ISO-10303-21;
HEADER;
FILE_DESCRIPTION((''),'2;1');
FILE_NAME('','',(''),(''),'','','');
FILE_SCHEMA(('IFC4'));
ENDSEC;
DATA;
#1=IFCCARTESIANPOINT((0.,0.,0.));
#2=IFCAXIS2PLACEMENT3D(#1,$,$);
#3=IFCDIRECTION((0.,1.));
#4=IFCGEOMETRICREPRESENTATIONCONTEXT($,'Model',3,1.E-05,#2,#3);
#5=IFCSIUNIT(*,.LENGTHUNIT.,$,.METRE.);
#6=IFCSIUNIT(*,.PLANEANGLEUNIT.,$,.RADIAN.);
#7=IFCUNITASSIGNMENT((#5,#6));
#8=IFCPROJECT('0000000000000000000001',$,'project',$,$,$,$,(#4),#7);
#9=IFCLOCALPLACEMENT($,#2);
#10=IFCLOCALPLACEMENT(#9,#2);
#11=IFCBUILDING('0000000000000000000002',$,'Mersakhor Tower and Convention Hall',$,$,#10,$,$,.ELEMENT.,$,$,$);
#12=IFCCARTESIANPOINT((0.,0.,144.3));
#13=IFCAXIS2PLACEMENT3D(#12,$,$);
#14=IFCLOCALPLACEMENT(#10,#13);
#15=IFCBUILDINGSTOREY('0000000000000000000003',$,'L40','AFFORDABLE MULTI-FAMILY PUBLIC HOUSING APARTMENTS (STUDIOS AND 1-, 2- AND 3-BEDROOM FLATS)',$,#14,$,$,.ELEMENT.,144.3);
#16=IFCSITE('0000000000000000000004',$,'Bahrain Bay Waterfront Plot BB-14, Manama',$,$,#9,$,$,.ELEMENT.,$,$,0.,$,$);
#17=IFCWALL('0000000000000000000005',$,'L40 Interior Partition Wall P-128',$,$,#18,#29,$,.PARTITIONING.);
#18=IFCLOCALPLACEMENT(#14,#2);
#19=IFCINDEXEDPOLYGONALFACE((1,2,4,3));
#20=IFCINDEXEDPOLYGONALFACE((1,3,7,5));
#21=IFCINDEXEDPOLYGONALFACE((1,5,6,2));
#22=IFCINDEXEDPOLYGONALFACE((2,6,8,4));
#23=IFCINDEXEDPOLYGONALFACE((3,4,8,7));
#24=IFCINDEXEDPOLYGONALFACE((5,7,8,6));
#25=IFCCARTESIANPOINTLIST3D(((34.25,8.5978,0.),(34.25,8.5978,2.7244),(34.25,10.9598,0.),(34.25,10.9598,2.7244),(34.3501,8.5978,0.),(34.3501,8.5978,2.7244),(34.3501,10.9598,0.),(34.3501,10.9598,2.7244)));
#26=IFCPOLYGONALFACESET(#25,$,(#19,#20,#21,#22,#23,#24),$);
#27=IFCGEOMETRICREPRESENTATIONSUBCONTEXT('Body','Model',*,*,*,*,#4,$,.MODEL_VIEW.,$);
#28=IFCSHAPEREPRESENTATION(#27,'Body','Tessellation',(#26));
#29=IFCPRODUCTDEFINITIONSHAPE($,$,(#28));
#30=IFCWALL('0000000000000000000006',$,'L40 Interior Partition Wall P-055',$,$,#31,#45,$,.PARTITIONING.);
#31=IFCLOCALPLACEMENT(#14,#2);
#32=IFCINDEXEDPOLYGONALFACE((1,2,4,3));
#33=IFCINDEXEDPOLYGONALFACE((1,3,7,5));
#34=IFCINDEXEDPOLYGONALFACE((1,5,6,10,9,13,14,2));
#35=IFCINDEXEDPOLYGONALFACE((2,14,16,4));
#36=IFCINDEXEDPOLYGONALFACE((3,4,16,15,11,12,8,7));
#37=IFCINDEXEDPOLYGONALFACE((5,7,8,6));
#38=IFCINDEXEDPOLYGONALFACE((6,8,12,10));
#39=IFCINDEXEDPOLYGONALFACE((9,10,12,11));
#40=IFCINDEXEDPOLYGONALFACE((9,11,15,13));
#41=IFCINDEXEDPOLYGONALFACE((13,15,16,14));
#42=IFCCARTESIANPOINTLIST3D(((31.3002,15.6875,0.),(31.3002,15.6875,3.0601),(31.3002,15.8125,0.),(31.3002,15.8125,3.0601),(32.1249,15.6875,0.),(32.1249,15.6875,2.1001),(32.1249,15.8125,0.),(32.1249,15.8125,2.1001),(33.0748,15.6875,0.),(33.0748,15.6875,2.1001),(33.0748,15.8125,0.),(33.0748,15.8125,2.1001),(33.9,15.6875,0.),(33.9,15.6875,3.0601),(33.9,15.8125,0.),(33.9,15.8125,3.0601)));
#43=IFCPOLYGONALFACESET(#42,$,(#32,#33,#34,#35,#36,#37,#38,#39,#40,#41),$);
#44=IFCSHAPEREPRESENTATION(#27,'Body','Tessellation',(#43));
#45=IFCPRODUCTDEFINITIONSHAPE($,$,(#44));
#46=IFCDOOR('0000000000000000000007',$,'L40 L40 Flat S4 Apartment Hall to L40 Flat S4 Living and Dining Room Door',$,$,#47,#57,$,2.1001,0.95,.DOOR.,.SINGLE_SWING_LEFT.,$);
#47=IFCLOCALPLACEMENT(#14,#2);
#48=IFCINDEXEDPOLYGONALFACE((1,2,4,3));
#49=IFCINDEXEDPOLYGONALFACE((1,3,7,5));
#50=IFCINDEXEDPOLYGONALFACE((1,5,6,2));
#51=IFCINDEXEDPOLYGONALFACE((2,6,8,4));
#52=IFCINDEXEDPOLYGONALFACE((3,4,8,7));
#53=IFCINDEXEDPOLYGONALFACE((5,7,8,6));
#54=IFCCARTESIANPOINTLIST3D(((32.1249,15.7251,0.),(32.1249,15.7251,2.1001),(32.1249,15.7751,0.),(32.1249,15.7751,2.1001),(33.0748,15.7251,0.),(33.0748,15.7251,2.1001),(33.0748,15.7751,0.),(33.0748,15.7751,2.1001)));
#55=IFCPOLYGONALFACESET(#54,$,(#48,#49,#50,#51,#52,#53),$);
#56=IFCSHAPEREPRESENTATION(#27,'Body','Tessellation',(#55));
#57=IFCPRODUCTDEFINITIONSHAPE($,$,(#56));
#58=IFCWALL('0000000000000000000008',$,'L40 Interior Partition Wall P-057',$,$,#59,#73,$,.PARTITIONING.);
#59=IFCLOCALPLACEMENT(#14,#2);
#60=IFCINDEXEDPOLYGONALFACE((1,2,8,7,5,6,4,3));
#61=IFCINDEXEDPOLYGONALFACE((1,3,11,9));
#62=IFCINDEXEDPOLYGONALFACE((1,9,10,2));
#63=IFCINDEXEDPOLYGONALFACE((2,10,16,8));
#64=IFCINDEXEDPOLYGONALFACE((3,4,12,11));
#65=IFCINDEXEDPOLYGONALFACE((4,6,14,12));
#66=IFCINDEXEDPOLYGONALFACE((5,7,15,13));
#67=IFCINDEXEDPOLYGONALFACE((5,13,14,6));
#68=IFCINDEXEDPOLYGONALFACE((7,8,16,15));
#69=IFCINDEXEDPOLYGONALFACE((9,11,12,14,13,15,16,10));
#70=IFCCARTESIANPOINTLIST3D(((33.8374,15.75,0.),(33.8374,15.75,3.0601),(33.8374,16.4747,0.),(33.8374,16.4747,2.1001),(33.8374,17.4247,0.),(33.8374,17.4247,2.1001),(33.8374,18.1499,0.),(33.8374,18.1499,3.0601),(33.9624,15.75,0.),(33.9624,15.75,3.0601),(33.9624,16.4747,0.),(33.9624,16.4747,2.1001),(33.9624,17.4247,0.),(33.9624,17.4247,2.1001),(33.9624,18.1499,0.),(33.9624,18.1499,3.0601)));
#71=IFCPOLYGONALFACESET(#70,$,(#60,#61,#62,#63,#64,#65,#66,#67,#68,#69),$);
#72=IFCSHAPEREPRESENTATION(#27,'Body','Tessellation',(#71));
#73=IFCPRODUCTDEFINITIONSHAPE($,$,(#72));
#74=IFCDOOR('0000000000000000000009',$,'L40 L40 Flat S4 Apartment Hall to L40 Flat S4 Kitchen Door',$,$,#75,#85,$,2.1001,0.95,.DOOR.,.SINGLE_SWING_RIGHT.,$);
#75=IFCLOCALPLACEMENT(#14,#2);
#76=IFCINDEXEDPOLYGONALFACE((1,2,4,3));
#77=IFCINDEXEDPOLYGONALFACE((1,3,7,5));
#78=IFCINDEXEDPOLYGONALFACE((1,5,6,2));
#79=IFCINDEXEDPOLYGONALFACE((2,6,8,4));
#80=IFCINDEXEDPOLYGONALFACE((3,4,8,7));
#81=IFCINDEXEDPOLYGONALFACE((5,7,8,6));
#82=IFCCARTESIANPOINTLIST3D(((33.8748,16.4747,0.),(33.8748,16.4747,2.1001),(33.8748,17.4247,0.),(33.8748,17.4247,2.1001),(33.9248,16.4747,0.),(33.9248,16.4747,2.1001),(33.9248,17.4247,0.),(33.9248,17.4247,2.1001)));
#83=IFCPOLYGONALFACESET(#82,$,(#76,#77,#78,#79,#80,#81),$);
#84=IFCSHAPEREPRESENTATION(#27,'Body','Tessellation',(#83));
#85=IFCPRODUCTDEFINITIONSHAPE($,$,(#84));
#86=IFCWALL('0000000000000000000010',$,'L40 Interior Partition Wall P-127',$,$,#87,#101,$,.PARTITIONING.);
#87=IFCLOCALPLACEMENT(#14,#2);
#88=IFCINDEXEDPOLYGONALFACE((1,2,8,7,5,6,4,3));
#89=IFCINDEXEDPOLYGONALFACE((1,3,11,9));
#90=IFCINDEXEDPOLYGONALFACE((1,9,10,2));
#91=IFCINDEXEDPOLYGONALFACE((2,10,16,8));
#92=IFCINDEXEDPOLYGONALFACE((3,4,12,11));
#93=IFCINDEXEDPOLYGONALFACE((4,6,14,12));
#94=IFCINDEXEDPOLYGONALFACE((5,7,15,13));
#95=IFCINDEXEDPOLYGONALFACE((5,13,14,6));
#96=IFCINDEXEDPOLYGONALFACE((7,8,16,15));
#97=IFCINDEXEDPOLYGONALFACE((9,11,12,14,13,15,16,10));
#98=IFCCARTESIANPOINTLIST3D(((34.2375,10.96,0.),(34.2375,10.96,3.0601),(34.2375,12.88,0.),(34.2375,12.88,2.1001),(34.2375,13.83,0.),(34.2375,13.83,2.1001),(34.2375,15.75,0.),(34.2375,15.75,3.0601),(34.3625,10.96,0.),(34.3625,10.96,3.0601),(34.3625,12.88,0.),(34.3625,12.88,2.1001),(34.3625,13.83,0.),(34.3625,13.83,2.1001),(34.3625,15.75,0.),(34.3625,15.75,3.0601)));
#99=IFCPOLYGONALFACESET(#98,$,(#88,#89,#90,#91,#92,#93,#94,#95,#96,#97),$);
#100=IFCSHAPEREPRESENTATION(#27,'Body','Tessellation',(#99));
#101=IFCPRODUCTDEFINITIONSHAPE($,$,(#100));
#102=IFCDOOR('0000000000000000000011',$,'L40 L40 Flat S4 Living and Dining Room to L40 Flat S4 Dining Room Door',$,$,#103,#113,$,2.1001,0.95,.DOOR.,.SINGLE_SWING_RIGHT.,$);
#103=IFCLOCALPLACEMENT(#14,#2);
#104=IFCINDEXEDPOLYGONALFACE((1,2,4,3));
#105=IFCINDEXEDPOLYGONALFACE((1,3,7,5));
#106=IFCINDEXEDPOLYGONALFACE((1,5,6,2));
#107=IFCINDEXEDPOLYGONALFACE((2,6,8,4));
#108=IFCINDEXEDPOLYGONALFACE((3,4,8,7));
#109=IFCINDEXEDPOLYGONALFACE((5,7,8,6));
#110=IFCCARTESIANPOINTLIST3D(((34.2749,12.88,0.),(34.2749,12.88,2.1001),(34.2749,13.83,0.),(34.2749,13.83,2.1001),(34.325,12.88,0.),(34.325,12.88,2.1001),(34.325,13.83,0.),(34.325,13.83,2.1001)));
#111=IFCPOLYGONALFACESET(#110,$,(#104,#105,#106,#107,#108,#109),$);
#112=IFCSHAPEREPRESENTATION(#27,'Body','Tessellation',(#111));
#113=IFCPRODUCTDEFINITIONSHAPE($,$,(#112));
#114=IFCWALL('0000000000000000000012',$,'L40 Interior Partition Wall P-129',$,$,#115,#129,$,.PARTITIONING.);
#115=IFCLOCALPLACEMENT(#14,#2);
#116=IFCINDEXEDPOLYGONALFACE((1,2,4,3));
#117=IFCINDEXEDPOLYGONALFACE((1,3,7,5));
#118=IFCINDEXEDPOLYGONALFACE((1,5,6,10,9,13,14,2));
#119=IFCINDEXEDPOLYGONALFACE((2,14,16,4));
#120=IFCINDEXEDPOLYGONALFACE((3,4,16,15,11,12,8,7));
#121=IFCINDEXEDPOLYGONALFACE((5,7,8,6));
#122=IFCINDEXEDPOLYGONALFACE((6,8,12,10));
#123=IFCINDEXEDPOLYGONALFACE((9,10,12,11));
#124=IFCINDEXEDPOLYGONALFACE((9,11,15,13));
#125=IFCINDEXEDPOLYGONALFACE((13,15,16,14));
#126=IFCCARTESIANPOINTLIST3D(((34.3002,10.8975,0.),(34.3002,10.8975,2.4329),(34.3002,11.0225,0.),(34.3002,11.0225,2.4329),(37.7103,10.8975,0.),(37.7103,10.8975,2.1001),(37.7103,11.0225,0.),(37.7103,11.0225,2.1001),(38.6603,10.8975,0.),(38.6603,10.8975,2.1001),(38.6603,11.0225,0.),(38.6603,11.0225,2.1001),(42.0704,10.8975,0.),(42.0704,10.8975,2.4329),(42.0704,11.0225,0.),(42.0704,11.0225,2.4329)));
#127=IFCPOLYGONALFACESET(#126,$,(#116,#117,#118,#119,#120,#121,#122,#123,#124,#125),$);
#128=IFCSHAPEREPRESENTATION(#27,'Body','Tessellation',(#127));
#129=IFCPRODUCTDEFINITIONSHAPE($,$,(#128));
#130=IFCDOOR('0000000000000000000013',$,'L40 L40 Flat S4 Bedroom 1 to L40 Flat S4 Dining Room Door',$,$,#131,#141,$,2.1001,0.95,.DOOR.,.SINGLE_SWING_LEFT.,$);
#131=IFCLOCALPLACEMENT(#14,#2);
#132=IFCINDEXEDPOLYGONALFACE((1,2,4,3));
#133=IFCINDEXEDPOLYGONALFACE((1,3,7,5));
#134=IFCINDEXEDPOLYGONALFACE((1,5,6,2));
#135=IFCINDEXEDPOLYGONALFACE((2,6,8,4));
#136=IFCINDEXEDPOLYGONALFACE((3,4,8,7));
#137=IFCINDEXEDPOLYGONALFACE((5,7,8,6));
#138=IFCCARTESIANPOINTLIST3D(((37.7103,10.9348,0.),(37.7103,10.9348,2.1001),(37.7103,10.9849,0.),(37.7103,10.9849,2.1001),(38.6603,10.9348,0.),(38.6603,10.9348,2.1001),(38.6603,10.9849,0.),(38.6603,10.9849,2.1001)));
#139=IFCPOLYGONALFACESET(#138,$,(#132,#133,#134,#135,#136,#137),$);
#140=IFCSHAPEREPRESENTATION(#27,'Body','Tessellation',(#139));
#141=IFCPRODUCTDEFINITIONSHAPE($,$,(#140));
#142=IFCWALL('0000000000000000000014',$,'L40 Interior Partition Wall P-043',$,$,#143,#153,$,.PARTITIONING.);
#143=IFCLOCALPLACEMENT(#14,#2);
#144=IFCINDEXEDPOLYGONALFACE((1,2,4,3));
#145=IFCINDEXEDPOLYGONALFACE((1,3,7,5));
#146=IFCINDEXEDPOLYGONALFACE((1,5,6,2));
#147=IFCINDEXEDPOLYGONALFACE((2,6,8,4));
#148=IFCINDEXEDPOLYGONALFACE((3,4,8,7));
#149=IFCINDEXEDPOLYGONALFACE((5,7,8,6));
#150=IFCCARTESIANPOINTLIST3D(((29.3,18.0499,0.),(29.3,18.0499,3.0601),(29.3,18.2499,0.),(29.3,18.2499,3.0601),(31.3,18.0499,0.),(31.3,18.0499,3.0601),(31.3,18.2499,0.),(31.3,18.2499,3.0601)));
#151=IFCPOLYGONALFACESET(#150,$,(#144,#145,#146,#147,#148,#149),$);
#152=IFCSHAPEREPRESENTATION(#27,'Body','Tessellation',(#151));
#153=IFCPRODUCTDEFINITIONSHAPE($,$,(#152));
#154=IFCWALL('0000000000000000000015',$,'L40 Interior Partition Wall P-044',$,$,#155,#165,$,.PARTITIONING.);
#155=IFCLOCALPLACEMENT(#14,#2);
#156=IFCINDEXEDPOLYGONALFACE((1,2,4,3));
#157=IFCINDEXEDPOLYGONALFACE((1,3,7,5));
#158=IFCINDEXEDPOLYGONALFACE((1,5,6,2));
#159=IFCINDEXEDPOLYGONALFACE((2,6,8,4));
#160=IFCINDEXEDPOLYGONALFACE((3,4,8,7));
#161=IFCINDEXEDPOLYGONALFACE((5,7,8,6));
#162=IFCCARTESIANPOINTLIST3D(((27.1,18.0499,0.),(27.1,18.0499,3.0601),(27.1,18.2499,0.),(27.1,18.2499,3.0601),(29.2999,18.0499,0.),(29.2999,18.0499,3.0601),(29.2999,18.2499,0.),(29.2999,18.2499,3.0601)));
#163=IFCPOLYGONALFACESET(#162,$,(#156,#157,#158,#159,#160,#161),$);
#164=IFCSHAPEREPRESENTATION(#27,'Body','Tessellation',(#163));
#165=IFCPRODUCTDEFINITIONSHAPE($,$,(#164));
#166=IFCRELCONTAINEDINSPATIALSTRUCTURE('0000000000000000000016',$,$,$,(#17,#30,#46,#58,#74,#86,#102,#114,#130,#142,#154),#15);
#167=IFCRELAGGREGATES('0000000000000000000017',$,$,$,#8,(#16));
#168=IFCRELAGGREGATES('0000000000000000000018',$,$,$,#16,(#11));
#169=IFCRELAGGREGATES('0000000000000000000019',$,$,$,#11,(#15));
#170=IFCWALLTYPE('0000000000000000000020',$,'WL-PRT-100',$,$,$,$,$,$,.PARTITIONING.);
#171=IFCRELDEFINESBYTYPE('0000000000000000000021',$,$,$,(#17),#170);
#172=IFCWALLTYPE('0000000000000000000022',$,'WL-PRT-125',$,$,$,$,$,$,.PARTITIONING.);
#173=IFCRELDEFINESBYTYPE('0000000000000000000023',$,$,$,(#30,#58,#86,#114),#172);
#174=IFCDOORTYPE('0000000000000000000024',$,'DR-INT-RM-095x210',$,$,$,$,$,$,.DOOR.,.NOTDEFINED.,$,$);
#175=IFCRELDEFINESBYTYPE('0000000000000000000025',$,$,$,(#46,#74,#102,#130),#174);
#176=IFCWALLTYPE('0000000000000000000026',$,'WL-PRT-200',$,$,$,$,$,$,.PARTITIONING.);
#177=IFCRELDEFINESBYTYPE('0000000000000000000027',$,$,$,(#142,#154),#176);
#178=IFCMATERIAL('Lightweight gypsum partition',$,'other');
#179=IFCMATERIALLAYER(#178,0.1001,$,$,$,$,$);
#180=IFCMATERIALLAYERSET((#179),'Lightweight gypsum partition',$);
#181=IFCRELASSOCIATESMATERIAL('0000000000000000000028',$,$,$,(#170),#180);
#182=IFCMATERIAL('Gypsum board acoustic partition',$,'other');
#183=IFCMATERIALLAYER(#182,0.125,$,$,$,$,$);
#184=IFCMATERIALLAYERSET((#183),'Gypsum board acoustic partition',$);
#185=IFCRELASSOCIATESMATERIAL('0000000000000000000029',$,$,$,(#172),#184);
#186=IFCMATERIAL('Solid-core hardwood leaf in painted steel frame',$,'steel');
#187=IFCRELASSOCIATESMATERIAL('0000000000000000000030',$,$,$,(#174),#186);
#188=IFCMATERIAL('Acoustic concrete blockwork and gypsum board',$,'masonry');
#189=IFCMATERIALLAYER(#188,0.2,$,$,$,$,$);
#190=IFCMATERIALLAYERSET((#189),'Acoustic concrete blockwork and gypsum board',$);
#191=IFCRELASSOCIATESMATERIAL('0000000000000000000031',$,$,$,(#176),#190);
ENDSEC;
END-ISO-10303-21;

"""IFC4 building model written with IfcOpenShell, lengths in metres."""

from ifc_helpers import new_model, si_unit, direction, frame, frame_2d, origin, place, context, subcontext, project, spatial, rectangle, extrude, material, layer, layer_set, type_object, element, fill, save


model = new_model("IFC4")

# Units and contexts
model_context = context("Model", 3, precision=1e-05, world=origin(), true_north=direction((0.0, 1.0)))
body_context = subcontext(model_context, "Body", "Model", "MODEL_VIEW")
ifc_project = project(units=[si_unit("LENGTHUNIT", "METRE"), si_unit("PLANEANGLEUNIT", "RADIAN")], contexts=[model_context])

# Site, building, storey
site_placement = place(None, origin())
site = spatial("IfcSite", under=ifc_project, at=site_placement, Name="Bahrain Bay Waterfront Plot BB-14, Manama", CompositionType="ELEMENT", RefElevation=0.0)
building_placement = place(site_placement, origin())
building = spatial("IfcBuilding", under=site, at=building_placement, Name="Mersakhor Tower and Convention Hall", CompositionType="ELEMENT")
storey_placement = place(building_placement, frame((0.0, 0.0, 144.3)))
storey = spatial("IfcBuildingStorey", under=building, at=storey_placement, Name="L40", Description="AFFORDABLE MULTI-FAMILY PUBLIC HOUSING APARTMENTS (STUDIOS AND 1-, 2- AND 3-BEDROOM FLATS)", CompositionType="ELEMENT", Elevation=144.3)

# Wall
ifc_material_1 = material(Name="Lightweight gypsum partition", Category="other")
ifc_layer_1 = layer(ifc_material_1, 0.1001)
ifc_layer_set_1 = layer_set([ifc_layer_1], Name="Lightweight gypsum partition")
wall_type_1 = type_object("IfcWallType", Name="WL-PRT-100", PredefinedType="PARTITIONING", material=ifc_layer_set_1)
wall_1_placement = place(storey_placement, frame((34.3, 10.96, 0.0), z_axis=(0.0, 0.0, 1.0), x_axis=(0.0, -1.0, 0.0)))
element("IfcWall", 1, at=wall_1_placement, inside=storey, type_object=wall_type_1, Name="L40 Interior Partition Wall P-128", PredefinedType="PARTITIONING", context=body_context, shape_type="SweptSolid", body=[
    extrude(rectangle(XDim=2.3621, YDim=0.1001, at=frame_2d((1.1812, 0.0))), origin(), (0.0, 0.0, 1.0), 2.7244),
])

# Walls, openings, doors
ifc_material_2 = material(Name="Gypsum board acoustic partition", Category="other")
ifc_layer_2 = layer(ifc_material_2, 0.125)
ifc_layer_set_2 = layer_set([ifc_layer_2], Name="Gypsum board acoustic partition")
wall_type_2 = type_object("IfcWallType", Name="WL-PRT-125", PredefinedType="PARTITIONING", material=ifc_layer_set_2)
wall_2_placement = place(storey_placement, frame((33.8999, 15.75, 0.0), z_axis=(0.0, 0.0, 1.0), x_axis=(-1.0, 0.0, 0.0)))
wall_2 = element("IfcWall", 2, at=wall_2_placement, inside=storey, type_object=wall_type_2, Name="L40 Interior Partition Wall P-055", PredefinedType="PARTITIONING", context=body_context, shape_type="SweptSolid", body=[
    extrude(rectangle(XDim=2.5999, YDim=0.125, at=frame_2d((1.2998, 0.0))), origin(), (0.0, 0.0, 1.0), 3.0601),
])
opening_1_placement = place(wall_2_placement, frame((0.825, 0.0, 0.0)))
opening_1 = element("IfcOpeningElement", 3, at=opening_1_placement, cuts=wall_2, PredefinedType="OPENING", context=body_context, shape_type="SweptSolid", body=[
    extrude(rectangle(XDim=0.95, YDim=2.1001, at=frame_2d((0.4751, 1.05))), frame((0.0, 0.0725, 0.0), z_axis=(0.0, -1.0, 0.0), x_axis=(1.0, 0.0, 0.0)), (0.0, 0.0, 1.0), 0.145),
])
ifc_material_3 = material(Name="Solid-core hardwood leaf in painted steel frame", Category="steel")
door_type_1 = type_object("IfcDoorType", Name="DR-INT-RM-095x210", OperationType="NOTDEFINED", PredefinedType="DOOR", material=ifc_material_3)
door_1_placement = place(opening_1_placement, origin())
door_1 = element("IfcDoor", 4, at=door_1_placement, inside=storey, type_object=door_type_1, Name="L40 L40 Flat S4 Apartment Hall to L40 Flat S4 Living and Dining Room Door", OperationType="SINGLE_SWING_LEFT", OverallHeight=2.1001, OverallWidth=0.95, PredefinedType="DOOR", context=body_context, shape_type="SweptSolid", body=[
    extrude(rectangle(XDim=0.95, YDim=2.1001, at=frame_2d((0.4751, 1.05))), frame((0.0, 0.0249, 0.0), z_axis=(0.0, -1.0, 0.0), x_axis=(1.0, 0.0, 0.0)), (0.0, 0.0, 1.0), 0.05),
])
fill(opening_1, door_1)
wall_3_placement = place(storey_placement, frame((33.8999, 18.1499, 0.0), z_axis=(0.0, 0.0, 1.0), x_axis=(0.0, -1.0, 0.0)))
wall_3 = element("IfcWall", 5, at=wall_3_placement, inside=storey, type_object=wall_type_2, Name="L40 Interior Partition Wall P-057", PredefinedType="PARTITIONING", context=body_context, shape_type="SweptSolid", body=[
    extrude(rectangle(XDim=2.3999, YDim=0.125, at=frame_2d((1.2, 0.0))), origin(), (0.0, 0.0, 1.0), 3.0601),
])
opening_2_placement = place(wall_3_placement, frame((0.7251, 0.0, 0.0)))
opening_2 = element("IfcOpeningElement", 6, at=opening_2_placement, cuts=wall_3, PredefinedType="OPENING", context=body_context, shape_type="SweptSolid", body=[
    extrude(rectangle(XDim=0.95, YDim=2.1001, at=frame_2d((0.4751, 1.05))), frame((0.0, 0.0725, 0.0), z_axis=(0.0, -1.0, 0.0), x_axis=(1.0, 0.0, 0.0)), (0.0, 0.0, 1.0), 0.145),
])
door_2_placement = place(opening_2_placement, origin())
door_2 = element("IfcDoor", 7, at=door_2_placement, inside=storey, type_object=door_type_1, Name="L40 L40 Flat S4 Apartment Hall to L40 Flat S4 Kitchen Door", OperationType="SINGLE_SWING_RIGHT", OverallHeight=2.1001, OverallWidth=0.95, PredefinedType="DOOR", context=body_context, shape_type="SweptSolid", body=[
    extrude(rectangle(XDim=0.95, YDim=2.1001, at=frame_2d((0.4751, 1.05))), frame((0.0, 0.0249, 0.0), z_axis=(0.0, -1.0, 0.0), x_axis=(1.0, 0.0, 0.0)), (0.0, 0.0, 1.0), 0.05),
])
fill(opening_2, door_2)
wall_4_placement = place(storey_placement, frame((34.3, 15.75, 0.0), z_axis=(0.0, 0.0, 1.0), x_axis=(0.0, -1.0, 0.0)))
wall_4 = element("IfcWall", 8, at=wall_4_placement, inside=storey, type_object=wall_type_2, Name="L40 Interior Partition Wall P-127", PredefinedType="PARTITIONING", context=body_context, shape_type="SweptSolid", body=[
    extrude(rectangle(XDim=4.79, YDim=0.125, at=frame_2d((2.395, 0.0))), origin(), (0.0, 0.0, 1.0), 3.0601),
])
opening_3_placement = place(wall_4_placement, frame((1.9199, 0.0, 0.0)))
opening_3 = element("IfcOpeningElement", 9, at=opening_3_placement, cuts=wall_4, PredefinedType="OPENING", context=body_context, shape_type="SweptSolid", body=[
    extrude(rectangle(XDim=0.95, YDim=2.1001, at=frame_2d((0.4751, 1.05))), frame((0.0, 0.0725, 0.0), z_axis=(0.0, -1.0, 0.0), x_axis=(1.0, 0.0, 0.0)), (0.0, 0.0, 1.0), 0.145),
])
door_3_placement = place(opening_3_placement, origin())
door_3 = element("IfcDoor", 10, at=door_3_placement, inside=storey, type_object=door_type_1, Name="L40 L40 Flat S4 Living and Dining Room to L40 Flat S4 Dining Room Door", OperationType="SINGLE_SWING_RIGHT", OverallHeight=2.1001, OverallWidth=0.95, PredefinedType="DOOR", context=body_context, shape_type="SweptSolid", body=[
    extrude(rectangle(XDim=0.95, YDim=2.1001, at=frame_2d((0.4751, 1.05))), frame((0.0, 0.0249, 0.0), z_axis=(0.0, -1.0, 0.0), x_axis=(1.0, 0.0, 0.0)), (0.0, 0.0, 1.0), 0.05),
])
fill(opening_3, door_3)
wall_5_placement = place(storey_placement, frame((34.3, 10.96, 0.0), z_axis=(0.0, 0.0, 1.0), x_axis=(1.0, 0.0, 0.0)))
wall_5 = element("IfcWall", 11, at=wall_5_placement, inside=storey, type_object=wall_type_2, Name="L40 Interior Partition Wall P-129", PredefinedType="PARTITIONING", context=body_context, shape_type="SweptSolid", body=[
    extrude(rectangle(XDim=7.7703, YDim=0.125, at=frame_2d((3.8853, 0.0))), origin(), (0.0, 0.0, 1.0), 2.4329),
])
opening_4_placement = place(wall_5_placement, frame((3.4102, 0.0, 0.0)))
opening_4 = element("IfcOpeningElement", 12, at=opening_4_placement, cuts=wall_5, PredefinedType="OPENING", context=body_context, shape_type="SweptSolid", body=[
    extrude(rectangle(XDim=0.95, YDim=2.1001, at=frame_2d((0.4751, 1.05))), frame((0.0, 0.0725, 0.0), z_axis=(0.0, -1.0, 0.0), x_axis=(1.0, 0.0, 0.0)), (0.0, 0.0, 1.0), 0.145),
])
door_4_placement = place(opening_4_placement, origin())
door_4 = element("IfcDoor", 13, at=door_4_placement, inside=storey, type_object=door_type_1, Name="L40 L40 Flat S4 Bedroom 1 to L40 Flat S4 Dining Room Door", OperationType="SINGLE_SWING_LEFT", OverallHeight=2.1001, OverallWidth=0.95, PredefinedType="DOOR", context=body_context, shape_type="SweptSolid", body=[
    extrude(rectangle(XDim=0.95, YDim=2.1001, at=frame_2d((0.4751, 1.05))), frame((0.0, 0.0249, 0.0), z_axis=(0.0, -1.0, 0.0), x_axis=(1.0, 0.0, 0.0)), (0.0, 0.0, 1.0), 0.05),
])
fill(opening_4, door_4)
ifc_material_4 = material(Name="Acoustic concrete blockwork and gypsum board", Category="masonry")
ifc_layer_3 = layer(ifc_material_4, 0.2)
ifc_layer_set_3 = layer_set([ifc_layer_3], Name="Acoustic concrete blockwork and gypsum board")
wall_type_3 = type_object("IfcWallType", Name="WL-PRT-200", PredefinedType="PARTITIONING", material=ifc_layer_set_3)

# Walls
wall_6_placement = place(storey_placement, frame((31.3, 18.1499, 0.0), z_axis=(0.0, 0.0, 1.0), x_axis=(-1.0, 0.0, 0.0)))
element("IfcWall", 14, at=wall_6_placement, inside=storey, type_object=wall_type_3, Name="L40 Interior Partition Wall P-043", PredefinedType="PARTITIONING", context=body_context, shape_type="SweptSolid", body=[
    extrude(rectangle(XDim=2.0, YDim=0.2, at=frame_2d((1.0, 0.0))), origin(), (0.0, 0.0, 1.0), 3.0601),
])
wall_7_placement = place(storey_placement, frame((29.3, 18.1499, 0.0), z_axis=(0.0, 0.0, 1.0), x_axis=(-1.0, 0.0, 0.0)))
element("IfcWall", 15, at=wall_7_placement, inside=storey, type_object=wall_type_3, Name="L40 Interior Partition Wall P-044", PredefinedType="PARTITIONING", context=body_context, shape_type="SweptSolid", body=[
    extrude(rectangle(XDim=2.2, YDim=0.2, at=frame_2d((1.1001, 0.0))), origin(), (0.0, 0.0, 1.0), 3.0601),
])

save(model, "model.ifc")
